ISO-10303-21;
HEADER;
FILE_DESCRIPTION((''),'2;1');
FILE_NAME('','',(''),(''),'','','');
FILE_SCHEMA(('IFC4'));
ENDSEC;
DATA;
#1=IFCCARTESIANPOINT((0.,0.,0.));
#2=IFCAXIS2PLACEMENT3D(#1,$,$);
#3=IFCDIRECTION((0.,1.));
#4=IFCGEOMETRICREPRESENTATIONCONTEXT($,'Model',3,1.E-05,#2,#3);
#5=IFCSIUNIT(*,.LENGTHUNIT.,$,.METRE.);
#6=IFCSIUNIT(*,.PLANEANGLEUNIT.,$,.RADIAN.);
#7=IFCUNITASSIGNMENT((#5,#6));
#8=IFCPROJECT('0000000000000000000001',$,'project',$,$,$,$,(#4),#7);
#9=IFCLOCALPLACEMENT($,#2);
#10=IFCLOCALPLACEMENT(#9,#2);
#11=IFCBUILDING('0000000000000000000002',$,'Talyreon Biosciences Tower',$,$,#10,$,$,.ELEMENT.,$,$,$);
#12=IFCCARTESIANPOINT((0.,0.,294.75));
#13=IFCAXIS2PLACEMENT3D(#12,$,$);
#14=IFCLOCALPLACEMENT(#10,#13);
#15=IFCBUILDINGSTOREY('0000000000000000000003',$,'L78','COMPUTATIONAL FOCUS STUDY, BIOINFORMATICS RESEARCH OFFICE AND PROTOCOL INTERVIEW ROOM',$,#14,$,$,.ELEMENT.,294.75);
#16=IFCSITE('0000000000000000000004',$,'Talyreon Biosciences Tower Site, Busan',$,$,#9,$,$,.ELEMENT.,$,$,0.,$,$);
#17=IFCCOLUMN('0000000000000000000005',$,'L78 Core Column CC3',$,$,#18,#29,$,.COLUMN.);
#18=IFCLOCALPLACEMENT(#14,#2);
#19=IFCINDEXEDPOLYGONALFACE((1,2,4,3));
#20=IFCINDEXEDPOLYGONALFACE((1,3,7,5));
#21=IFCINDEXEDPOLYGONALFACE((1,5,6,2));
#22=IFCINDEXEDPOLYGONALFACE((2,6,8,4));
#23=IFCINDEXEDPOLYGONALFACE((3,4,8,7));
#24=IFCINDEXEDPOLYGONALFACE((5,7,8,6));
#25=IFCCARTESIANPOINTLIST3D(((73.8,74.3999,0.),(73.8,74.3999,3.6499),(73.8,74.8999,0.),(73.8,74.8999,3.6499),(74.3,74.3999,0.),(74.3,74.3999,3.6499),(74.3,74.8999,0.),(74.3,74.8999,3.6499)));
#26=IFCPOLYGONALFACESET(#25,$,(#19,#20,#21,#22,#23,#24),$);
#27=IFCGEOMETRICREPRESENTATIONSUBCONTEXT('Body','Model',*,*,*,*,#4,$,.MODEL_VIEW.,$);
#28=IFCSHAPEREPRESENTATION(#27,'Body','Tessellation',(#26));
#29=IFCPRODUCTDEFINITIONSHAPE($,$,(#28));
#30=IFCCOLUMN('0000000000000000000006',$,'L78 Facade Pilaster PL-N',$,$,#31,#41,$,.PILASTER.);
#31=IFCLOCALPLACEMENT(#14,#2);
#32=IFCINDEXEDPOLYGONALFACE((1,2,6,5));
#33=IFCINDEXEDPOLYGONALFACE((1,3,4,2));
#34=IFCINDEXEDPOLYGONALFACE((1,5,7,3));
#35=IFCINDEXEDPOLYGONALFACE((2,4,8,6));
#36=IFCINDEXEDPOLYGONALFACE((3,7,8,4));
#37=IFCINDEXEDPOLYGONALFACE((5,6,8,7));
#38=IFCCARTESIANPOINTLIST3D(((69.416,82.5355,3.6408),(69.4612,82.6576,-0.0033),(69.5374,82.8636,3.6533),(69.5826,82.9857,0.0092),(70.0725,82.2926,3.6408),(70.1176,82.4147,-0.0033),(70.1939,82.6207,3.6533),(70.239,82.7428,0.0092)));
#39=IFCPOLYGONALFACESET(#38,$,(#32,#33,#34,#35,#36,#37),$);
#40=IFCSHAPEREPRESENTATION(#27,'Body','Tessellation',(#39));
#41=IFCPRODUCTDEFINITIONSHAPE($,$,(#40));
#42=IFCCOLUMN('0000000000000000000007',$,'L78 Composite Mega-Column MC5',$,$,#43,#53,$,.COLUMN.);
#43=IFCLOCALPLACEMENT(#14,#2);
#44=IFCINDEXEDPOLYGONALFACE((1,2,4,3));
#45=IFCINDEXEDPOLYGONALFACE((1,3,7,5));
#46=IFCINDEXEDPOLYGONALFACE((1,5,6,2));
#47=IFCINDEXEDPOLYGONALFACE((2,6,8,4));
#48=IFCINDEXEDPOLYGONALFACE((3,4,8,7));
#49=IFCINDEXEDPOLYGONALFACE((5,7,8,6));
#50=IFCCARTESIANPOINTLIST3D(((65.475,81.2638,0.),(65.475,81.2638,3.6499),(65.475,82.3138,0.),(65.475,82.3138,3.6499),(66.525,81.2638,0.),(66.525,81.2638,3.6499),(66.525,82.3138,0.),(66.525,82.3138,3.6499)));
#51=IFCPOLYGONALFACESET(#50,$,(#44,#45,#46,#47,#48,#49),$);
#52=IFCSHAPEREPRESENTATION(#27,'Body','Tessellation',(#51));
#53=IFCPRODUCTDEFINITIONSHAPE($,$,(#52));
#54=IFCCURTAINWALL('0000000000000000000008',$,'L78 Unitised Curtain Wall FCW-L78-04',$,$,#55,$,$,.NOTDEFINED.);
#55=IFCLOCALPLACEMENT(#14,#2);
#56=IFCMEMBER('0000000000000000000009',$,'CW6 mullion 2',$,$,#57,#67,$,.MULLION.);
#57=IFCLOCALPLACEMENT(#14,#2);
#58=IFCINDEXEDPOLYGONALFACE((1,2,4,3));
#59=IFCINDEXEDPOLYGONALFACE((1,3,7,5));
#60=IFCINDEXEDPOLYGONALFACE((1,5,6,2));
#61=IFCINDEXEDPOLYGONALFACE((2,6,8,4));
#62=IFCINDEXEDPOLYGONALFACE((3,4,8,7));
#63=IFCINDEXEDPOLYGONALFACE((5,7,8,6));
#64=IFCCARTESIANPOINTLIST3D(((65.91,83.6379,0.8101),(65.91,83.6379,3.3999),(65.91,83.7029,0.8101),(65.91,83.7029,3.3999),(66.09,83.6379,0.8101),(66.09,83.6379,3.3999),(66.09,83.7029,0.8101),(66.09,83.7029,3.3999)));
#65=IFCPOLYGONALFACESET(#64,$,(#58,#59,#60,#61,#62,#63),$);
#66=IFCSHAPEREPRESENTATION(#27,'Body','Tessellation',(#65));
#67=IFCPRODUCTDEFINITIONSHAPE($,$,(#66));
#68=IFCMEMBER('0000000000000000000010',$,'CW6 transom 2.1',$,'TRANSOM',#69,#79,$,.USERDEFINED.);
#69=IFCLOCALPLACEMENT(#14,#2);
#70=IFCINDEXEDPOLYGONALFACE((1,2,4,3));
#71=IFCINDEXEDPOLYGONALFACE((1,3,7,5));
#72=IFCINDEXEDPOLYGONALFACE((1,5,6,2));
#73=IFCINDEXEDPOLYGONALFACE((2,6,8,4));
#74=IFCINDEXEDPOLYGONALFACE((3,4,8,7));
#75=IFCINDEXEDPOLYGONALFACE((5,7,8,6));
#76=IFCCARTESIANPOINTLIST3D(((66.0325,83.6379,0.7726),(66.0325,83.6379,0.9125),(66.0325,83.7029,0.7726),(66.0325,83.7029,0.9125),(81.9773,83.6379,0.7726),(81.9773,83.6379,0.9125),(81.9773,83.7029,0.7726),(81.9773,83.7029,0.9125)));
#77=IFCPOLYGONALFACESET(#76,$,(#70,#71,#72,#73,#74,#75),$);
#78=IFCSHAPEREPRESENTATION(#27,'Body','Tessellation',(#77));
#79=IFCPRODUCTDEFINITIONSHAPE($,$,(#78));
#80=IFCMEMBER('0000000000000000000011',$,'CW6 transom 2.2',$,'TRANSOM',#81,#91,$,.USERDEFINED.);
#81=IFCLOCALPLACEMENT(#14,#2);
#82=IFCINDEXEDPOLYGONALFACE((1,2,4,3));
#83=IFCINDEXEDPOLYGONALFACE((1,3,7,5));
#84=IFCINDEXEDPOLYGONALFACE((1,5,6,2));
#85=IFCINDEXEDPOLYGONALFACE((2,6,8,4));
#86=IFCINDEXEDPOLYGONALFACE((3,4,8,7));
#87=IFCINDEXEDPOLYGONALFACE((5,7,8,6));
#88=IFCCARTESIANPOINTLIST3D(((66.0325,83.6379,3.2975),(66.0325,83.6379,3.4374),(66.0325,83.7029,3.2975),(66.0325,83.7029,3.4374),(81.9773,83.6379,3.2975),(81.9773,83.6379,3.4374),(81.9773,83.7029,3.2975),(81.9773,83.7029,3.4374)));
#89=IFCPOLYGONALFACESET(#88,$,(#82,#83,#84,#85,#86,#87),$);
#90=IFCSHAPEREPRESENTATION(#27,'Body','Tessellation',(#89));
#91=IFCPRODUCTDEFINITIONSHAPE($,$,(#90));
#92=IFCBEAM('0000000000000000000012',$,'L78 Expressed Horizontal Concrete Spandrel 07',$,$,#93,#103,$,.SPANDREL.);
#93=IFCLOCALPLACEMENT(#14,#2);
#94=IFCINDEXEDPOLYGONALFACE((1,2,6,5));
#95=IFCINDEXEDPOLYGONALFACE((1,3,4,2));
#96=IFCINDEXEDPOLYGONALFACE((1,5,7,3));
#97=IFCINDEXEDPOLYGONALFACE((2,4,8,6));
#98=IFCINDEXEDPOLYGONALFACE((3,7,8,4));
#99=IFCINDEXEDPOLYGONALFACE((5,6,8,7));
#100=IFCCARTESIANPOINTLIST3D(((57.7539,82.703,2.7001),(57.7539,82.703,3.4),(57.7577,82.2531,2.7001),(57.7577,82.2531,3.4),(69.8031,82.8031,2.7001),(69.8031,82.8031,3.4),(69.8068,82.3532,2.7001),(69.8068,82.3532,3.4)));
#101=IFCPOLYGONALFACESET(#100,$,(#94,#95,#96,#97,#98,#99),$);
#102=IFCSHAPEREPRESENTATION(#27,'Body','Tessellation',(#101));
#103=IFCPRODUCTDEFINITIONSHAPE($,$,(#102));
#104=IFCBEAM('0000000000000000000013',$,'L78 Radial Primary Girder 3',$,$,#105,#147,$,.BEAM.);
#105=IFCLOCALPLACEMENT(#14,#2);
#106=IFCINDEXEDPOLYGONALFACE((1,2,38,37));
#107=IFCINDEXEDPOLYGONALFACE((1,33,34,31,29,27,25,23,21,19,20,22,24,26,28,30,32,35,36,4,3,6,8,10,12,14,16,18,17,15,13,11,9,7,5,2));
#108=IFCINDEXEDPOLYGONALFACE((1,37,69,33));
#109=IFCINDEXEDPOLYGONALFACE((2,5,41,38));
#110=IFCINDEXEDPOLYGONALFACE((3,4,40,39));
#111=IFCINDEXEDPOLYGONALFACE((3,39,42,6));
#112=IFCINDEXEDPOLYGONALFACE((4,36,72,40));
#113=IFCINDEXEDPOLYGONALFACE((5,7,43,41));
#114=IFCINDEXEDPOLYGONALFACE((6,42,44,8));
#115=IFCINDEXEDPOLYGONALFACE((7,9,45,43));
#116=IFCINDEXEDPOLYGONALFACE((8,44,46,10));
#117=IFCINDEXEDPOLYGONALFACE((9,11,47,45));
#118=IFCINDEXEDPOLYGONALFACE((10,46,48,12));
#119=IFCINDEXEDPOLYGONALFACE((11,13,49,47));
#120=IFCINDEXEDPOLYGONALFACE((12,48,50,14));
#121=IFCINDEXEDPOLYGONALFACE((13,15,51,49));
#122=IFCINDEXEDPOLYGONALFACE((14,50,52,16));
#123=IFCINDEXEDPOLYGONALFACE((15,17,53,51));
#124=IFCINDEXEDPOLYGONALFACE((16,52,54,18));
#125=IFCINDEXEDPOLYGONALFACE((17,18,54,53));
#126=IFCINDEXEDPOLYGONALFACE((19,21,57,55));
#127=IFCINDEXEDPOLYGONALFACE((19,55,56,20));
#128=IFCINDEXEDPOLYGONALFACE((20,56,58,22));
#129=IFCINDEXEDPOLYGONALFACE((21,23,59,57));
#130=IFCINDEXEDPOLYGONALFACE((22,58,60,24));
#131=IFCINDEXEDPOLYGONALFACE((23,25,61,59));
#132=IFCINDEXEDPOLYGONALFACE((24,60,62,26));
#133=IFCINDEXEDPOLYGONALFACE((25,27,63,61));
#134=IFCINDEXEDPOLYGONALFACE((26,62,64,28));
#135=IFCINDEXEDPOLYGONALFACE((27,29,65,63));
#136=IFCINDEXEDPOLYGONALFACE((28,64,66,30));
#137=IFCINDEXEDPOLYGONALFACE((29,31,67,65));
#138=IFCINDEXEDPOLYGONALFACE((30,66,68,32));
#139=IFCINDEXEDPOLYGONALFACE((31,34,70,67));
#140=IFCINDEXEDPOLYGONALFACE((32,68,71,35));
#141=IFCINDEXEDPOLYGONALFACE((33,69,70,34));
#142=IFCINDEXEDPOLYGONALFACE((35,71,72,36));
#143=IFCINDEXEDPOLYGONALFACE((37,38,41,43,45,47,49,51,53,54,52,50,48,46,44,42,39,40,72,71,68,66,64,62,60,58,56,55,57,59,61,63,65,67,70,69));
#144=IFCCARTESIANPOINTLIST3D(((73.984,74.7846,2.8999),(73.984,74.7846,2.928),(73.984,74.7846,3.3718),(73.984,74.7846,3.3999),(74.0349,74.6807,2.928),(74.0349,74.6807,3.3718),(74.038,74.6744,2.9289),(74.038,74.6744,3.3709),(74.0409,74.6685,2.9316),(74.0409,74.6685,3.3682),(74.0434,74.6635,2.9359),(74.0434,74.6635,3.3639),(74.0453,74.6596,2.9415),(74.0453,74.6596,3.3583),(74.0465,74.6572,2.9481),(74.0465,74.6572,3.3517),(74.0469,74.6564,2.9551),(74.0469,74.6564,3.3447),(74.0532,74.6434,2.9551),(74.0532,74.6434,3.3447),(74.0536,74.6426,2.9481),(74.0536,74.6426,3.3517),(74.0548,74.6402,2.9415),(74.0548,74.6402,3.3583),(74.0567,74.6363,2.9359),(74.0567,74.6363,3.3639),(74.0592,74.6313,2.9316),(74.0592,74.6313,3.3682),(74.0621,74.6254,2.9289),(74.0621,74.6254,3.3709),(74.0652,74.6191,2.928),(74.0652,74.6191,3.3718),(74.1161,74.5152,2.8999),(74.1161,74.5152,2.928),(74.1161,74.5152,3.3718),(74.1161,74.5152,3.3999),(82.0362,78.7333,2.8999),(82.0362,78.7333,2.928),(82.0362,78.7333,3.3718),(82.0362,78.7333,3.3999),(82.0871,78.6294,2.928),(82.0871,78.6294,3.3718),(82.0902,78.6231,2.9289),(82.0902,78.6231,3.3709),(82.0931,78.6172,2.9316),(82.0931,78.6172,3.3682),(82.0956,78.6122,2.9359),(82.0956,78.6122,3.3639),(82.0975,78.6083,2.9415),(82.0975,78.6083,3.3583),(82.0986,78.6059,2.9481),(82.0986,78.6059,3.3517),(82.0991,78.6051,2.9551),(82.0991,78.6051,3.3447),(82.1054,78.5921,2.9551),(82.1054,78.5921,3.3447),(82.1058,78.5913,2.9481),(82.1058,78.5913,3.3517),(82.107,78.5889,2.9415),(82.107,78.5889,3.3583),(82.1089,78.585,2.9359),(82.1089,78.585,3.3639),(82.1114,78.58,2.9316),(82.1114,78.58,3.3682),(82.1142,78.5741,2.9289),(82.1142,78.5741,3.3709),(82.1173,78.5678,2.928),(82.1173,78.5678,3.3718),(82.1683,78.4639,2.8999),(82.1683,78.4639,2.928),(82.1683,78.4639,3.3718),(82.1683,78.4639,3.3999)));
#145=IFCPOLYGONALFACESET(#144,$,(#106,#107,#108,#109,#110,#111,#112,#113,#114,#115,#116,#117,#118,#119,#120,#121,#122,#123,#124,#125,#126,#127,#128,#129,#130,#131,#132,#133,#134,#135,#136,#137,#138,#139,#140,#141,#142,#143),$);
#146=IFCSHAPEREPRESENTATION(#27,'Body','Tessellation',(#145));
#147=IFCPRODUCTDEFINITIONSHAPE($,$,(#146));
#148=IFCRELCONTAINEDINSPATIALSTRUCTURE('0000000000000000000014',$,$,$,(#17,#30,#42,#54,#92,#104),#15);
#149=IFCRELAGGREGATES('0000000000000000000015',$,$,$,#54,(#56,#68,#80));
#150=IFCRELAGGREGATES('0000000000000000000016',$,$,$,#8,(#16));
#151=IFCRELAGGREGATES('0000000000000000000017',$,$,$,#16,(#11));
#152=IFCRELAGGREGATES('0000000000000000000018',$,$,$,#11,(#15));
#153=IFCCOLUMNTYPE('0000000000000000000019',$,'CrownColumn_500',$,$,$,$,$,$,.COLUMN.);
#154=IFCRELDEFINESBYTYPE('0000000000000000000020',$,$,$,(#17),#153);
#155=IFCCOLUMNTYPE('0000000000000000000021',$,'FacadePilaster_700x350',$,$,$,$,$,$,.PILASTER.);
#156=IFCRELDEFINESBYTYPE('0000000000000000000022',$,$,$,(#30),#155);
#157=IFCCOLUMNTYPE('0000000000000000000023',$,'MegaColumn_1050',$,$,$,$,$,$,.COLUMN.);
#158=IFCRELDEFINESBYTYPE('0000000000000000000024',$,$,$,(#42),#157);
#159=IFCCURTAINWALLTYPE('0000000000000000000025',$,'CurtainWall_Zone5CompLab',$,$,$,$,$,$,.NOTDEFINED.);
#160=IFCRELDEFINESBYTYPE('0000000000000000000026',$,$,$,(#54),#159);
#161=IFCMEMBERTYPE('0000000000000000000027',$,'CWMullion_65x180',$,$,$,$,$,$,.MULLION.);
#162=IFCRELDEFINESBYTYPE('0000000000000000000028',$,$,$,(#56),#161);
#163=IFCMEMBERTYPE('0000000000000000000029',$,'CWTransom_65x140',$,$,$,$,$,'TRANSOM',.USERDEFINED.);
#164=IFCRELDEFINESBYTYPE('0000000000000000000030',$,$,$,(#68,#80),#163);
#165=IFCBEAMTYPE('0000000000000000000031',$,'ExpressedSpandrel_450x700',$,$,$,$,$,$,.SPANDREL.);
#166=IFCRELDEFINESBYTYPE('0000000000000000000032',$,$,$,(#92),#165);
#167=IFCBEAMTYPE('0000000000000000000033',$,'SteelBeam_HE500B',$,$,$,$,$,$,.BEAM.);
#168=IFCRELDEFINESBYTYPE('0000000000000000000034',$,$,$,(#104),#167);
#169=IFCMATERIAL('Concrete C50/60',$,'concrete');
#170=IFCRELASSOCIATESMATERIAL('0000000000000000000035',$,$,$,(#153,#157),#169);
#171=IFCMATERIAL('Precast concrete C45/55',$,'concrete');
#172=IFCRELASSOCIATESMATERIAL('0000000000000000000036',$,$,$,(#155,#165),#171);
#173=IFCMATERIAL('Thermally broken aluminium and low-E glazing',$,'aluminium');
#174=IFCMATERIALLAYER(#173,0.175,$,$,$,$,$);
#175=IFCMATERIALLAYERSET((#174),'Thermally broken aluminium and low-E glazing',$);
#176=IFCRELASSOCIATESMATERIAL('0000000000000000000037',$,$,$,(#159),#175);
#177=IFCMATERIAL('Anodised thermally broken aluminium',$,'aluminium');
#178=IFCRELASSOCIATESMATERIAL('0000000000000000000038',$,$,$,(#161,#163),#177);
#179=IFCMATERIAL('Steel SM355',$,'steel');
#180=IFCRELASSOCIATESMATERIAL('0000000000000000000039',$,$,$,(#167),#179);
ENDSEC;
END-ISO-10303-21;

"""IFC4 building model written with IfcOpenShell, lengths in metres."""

from ifc_helpers import new_model, si_unit, direction, frame, origin, origin_2d, place, context, subcontext, project, spatial, rectangle, i_section, extrude, material, layer, layer_set, material_profile, profile_set, type_object, element, aggregate, save


model = new_model("IFC4")

# Units and contexts
model_context = context("Model", 3, precision=1e-05, world=origin(), true_north=direction((0.0, 1.0)))
body_context = subcontext(model_context, "Body", "Model", "MODEL_VIEW")
ifc_project = project(units=[si_unit("LENGTHUNIT", "METRE"), si_unit("PLANEANGLEUNIT", "RADIAN")], contexts=[model_context])

# Site, building, storey
site_placement = place(None, origin())
site = spatial("IfcSite", under=ifc_project, at=site_placement, Name="Talyreon Biosciences Tower Site, Busan", CompositionType="ELEMENT", RefElevation=0.0)
building_placement = place(site_placement, origin())
building = spatial("IfcBuilding", under=site, at=building_placement, Name="Talyreon Biosciences Tower", CompositionType="ELEMENT")
storey_placement = place(building_placement, frame((0.0, 0.0, 294.75)))
storey = spatial("IfcBuildingStorey", under=building, at=storey_placement, Name="L78", Description="COMPUTATIONAL FOCUS STUDY, BIOINFORMATICS RESEARCH OFFICE AND PROTOCOL INTERVIEW ROOM", CompositionType="ELEMENT", Elevation=294.75)

# Columns
ifc_material_1 = material(Name="Concrete C50/60", Category="concrete")
ifc_material_profile_1 = material_profile(ifc_material_1, rectangle(XDim=0.5, YDim=0.5, at=origin_2d()), Name="RC 500x500")
ifc_profile_set_1 = profile_set([ifc_material_profile_1], Name="Concrete C50/60")
column_type_1 = type_object("IfcColumnType", Name="CrownColumn_500", PredefinedType="COLUMN", material=ifc_profile_set_1)
column_1_placement = place(storey_placement, frame((74.05, 74.6499, 0.0), z_axis=(0.0, 0.0, 1.0), x_axis=(1.0, 0.0, 0.0)))
element("IfcColumn", 1, at=column_1_placement, inside=storey, type_object=column_type_1, Name="L78 Core Column CC3", PredefinedType="COLUMN", context=body_context, shape_type="SweptSolid", body=[
    extrude(rectangle(XDim=0.5, YDim=0.5, at=origin_2d()), origin(), (0.0, 0.0, 1.0), 3.6499),
])
ifc_material_2 = material(Name="Precast concrete C45/55", Category="concrete")
ifc_material_profile_2 = material_profile(ifc_material_2, rectangle(XDim=0.7, YDim=0.3501, at=origin_2d()), Name="RC 700x350")
ifc_profile_set_2 = profile_set([ifc_material_profile_2], Name="Precast concrete C45/55")
column_type_2 = type_object("IfcColumnType", Name="FacadePilaster_700x350", PredefinedType="PILASTER", material=ifc_profile_set_2)
column_2_placement = place(storey_placement, frame((69.8501, 82.7002, 0.0029), z_axis=(-0.012387, -0.033477, 0.999363), x_axis=(-0.937862, 0.347009, 0.0)))
element("IfcColumn", 2, at=column_2_placement, inside=storey, type_object=column_type_2, Name="L78 Facade Pilaster PL-N", PredefinedType="PILASTER", context=body_context, shape_type="SweptSolid", body=[
    extrude(rectangle(XDim=0.7, YDim=0.3501, at=origin_2d()), origin(), (0.0, 0.0, 1.0), 3.6465),
])
ifc_material_profile_3 = material_profile(ifc_material_1, rectangle(XDim=1.05, YDim=1.05, at=origin_2d()), Name="RC 1050x1050")
ifc_profile_set_3 = profile_set([ifc_material_profile_3], Name="Concrete C50/60")
column_type_3 = type_object("IfcColumnType", Name="MegaColumn_1050", PredefinedType="COLUMN", material=ifc_profile_set_3)
column_3_placement = place(storey_placement, frame((66.0, 81.7888, 0.0), z_axis=(0.0, 0.0, 1.0), x_axis=(1.0, 0.0, 0.0)))
element("IfcColumn", 3, at=column_3_placement, inside=storey, type_object=column_type_3, Name="L78 Composite Mega-Column MC5", PredefinedType="COLUMN", context=body_context, shape_type="SweptSolid", body=[
    extrude(rectangle(XDim=1.05, YDim=1.05, at=origin_2d()), origin(), (0.0, 0.0, 1.0), 3.6499),
])

# Curtain wall, members
ifc_material_3 = material(Name="Thermally broken aluminium and low-E glazing", Category="aluminium")
ifc_layer_1 = layer(ifc_material_3, 0.175)
ifc_layer_set_1 = layer_set([ifc_layer_1], Name="Thermally broken aluminium and low-E glazing")
curtain_wall_type = type_object("IfcCurtainWallType", Name="CurtainWall_Zone5CompLab", PredefinedType="NOTDEFINED", material=ifc_layer_set_1)
curtain_wall_placement = place(storey_placement, origin())
curtain_wall = element("IfcCurtainWall", 4, at=curtain_wall_placement, inside=storey, type_object=curtain_wall_type, Name="L78 Unitised Curtain Wall FCW-L78-04", PredefinedType="NOTDEFINED")
ifc_material_4 = material(Name="Anodised thermally broken aluminium", Category="aluminium")
ifc_material_profile_4 = material_profile(ifc_material_4, rectangle(XDim=0.0649, YDim=0.1799, at=origin_2d()), Name="ALUM MULLION 65x180")
ifc_profile_set_4 = profile_set([ifc_material_profile_4], Name="Anodised thermally broken aluminium")
member_type_1 = type_object("IfcMemberType", Name="CWMullion_65x180", PredefinedType="MULLION", material=ifc_profile_set_4)
member_1_placement = place(storey_placement, frame((66.0, 83.6704, 0.8101), z_axis=(0.0, 0.0, 1.0), x_axis=(0.0, 1.0, 0.0)))
member_1 = element("IfcMember", 5, at=member_1_placement, type_object=member_type_1, Name="CW6 mullion 2", PredefinedType="MULLION", context=body_context, shape_type="SweptSolid", body=[
    extrude(rectangle(XDim=0.0649, YDim=0.1799, at=origin_2d()), origin(), (0.0, 0.0, 1.0), 2.5898),
])
ifc_material_profile_5 = material_profile(ifc_material_4, rectangle(XDim=0.0649, YDim=0.1399, at=origin_2d()), Name="ALUM TRANSOM 65x140")
ifc_profile_set_5 = profile_set([ifc_material_profile_5], Name="Anodised thermally broken aluminium")
member_type_2 = type_object("IfcMemberType", Name="CWTransom_65x140", ElementType="TRANSOM", PredefinedType="USERDEFINED", material=ifc_profile_set_5)
member_2_placement = place(storey_placement, frame((66.0325, 83.6704, 0.8425), z_axis=(1.0, 0.0, 0.0), x_axis=(0.0, 1.0, 0.0)))
member_2 = element("IfcMember", 6, at=member_2_placement, type_object=member_type_2, Name="CW6 transom 2.1", ObjectType="TRANSOM", PredefinedType="USERDEFINED", context=body_context, shape_type="SweptSolid", body=[
    extrude(rectangle(XDim=0.0649, YDim=0.1399, at=origin_2d()), origin(), (0.0, 0.0, 1.0), 15.9448),
])
member_3_placement = place(storey_placement, frame((66.0325, 83.6704, 3.3674), z_axis=(1.0, 0.0, 0.0), x_axis=(0.0, 1.0, 0.0)))
member_3 = element("IfcMember", 7, at=member_3_placement, type_object=member_type_2, Name="CW6 transom 2.2", ObjectType="TRANSOM", PredefinedType="USERDEFINED", context=body_context, shape_type="SweptSolid", body=[
    extrude(rectangle(XDim=0.0649, YDim=0.1399, at=origin_2d()), origin(), (0.0, 0.0, 1.0), 15.9448),
])

# Beams
ifc_material_profile_6 = material_profile(ifc_material_2, rectangle(XDim=0.45, YDim=0.7, at=origin_2d()), Name="RCB 450x700")
ifc_profile_set_6 = profile_set([ifc_material_profile_6], Name="Precast concrete C45/55")
beam_type_1 = type_object("IfcBeamType", Name="ExpressedSpandrel_450x700", PredefinedType="SPANDREL", material=ifc_profile_set_6)
beam_1_placement = place(storey_placement, frame((69.8049, 82.5781, 3.05), z_axis=(-0.999965, -0.008307, 0.0), x_axis=(0.008307, -0.999965, 0.0)))
element("IfcBeam", 8, at=beam_1_placement, inside=storey, type_object=beam_type_1, Name="L78 Expressed Horizontal Concrete Spandrel 07", PredefinedType="SPANDREL", context=body_context, shape_type="SweptSolid", body=[
    extrude(rectangle(XDim=0.45, YDim=0.7, at=origin_2d()), origin(), (0.0, 0.0, 1.0), 12.0496),
])
ifc_material_5 = material(Name="Steel SM355", Category="steel")
ifc_material_profile_7 = material_profile(ifc_material_5, i_section(OverallWidth=0.3, OverallDepth=0.5, WebThickness=0.0144, FlangeThickness=0.0281, FilletRadius=0.0271, at=origin_2d()), Name="HE500B")
ifc_profile_set_7 = profile_set([ifc_material_profile_7], Name="Steel SM355")
beam_type_2 = type_object("IfcBeamType", Name="SteelBeam_HE500B", PredefinedType="BEAM", material=ifc_profile_set_7)
beam_2_placement = place(storey_placement, frame((74.05, 74.6499, 3.1499), z_axis=(0.897852, 0.440297, 0.0), x_axis=(-0.440297, 0.897852, 0.0)))
element("IfcBeam", 9, at=beam_2_placement, inside=storey, type_object=beam_type_2, Name="L78 Radial Primary Girder 3", PredefinedType="BEAM", context=body_context, shape_type="SweptSolid", body=[
    extrude(i_section(OverallWidth=0.3, OverallDepth=0.5, WebThickness=0.0144, FlangeThickness=0.0281, FilletRadius=0.0271, at=origin_2d()), origin(), (0.0, 0.0, 1.0), 8.9683),
])

aggregate(curtain_wall, [member_1, member_2, member_3])

save(model, "model.ifc")
